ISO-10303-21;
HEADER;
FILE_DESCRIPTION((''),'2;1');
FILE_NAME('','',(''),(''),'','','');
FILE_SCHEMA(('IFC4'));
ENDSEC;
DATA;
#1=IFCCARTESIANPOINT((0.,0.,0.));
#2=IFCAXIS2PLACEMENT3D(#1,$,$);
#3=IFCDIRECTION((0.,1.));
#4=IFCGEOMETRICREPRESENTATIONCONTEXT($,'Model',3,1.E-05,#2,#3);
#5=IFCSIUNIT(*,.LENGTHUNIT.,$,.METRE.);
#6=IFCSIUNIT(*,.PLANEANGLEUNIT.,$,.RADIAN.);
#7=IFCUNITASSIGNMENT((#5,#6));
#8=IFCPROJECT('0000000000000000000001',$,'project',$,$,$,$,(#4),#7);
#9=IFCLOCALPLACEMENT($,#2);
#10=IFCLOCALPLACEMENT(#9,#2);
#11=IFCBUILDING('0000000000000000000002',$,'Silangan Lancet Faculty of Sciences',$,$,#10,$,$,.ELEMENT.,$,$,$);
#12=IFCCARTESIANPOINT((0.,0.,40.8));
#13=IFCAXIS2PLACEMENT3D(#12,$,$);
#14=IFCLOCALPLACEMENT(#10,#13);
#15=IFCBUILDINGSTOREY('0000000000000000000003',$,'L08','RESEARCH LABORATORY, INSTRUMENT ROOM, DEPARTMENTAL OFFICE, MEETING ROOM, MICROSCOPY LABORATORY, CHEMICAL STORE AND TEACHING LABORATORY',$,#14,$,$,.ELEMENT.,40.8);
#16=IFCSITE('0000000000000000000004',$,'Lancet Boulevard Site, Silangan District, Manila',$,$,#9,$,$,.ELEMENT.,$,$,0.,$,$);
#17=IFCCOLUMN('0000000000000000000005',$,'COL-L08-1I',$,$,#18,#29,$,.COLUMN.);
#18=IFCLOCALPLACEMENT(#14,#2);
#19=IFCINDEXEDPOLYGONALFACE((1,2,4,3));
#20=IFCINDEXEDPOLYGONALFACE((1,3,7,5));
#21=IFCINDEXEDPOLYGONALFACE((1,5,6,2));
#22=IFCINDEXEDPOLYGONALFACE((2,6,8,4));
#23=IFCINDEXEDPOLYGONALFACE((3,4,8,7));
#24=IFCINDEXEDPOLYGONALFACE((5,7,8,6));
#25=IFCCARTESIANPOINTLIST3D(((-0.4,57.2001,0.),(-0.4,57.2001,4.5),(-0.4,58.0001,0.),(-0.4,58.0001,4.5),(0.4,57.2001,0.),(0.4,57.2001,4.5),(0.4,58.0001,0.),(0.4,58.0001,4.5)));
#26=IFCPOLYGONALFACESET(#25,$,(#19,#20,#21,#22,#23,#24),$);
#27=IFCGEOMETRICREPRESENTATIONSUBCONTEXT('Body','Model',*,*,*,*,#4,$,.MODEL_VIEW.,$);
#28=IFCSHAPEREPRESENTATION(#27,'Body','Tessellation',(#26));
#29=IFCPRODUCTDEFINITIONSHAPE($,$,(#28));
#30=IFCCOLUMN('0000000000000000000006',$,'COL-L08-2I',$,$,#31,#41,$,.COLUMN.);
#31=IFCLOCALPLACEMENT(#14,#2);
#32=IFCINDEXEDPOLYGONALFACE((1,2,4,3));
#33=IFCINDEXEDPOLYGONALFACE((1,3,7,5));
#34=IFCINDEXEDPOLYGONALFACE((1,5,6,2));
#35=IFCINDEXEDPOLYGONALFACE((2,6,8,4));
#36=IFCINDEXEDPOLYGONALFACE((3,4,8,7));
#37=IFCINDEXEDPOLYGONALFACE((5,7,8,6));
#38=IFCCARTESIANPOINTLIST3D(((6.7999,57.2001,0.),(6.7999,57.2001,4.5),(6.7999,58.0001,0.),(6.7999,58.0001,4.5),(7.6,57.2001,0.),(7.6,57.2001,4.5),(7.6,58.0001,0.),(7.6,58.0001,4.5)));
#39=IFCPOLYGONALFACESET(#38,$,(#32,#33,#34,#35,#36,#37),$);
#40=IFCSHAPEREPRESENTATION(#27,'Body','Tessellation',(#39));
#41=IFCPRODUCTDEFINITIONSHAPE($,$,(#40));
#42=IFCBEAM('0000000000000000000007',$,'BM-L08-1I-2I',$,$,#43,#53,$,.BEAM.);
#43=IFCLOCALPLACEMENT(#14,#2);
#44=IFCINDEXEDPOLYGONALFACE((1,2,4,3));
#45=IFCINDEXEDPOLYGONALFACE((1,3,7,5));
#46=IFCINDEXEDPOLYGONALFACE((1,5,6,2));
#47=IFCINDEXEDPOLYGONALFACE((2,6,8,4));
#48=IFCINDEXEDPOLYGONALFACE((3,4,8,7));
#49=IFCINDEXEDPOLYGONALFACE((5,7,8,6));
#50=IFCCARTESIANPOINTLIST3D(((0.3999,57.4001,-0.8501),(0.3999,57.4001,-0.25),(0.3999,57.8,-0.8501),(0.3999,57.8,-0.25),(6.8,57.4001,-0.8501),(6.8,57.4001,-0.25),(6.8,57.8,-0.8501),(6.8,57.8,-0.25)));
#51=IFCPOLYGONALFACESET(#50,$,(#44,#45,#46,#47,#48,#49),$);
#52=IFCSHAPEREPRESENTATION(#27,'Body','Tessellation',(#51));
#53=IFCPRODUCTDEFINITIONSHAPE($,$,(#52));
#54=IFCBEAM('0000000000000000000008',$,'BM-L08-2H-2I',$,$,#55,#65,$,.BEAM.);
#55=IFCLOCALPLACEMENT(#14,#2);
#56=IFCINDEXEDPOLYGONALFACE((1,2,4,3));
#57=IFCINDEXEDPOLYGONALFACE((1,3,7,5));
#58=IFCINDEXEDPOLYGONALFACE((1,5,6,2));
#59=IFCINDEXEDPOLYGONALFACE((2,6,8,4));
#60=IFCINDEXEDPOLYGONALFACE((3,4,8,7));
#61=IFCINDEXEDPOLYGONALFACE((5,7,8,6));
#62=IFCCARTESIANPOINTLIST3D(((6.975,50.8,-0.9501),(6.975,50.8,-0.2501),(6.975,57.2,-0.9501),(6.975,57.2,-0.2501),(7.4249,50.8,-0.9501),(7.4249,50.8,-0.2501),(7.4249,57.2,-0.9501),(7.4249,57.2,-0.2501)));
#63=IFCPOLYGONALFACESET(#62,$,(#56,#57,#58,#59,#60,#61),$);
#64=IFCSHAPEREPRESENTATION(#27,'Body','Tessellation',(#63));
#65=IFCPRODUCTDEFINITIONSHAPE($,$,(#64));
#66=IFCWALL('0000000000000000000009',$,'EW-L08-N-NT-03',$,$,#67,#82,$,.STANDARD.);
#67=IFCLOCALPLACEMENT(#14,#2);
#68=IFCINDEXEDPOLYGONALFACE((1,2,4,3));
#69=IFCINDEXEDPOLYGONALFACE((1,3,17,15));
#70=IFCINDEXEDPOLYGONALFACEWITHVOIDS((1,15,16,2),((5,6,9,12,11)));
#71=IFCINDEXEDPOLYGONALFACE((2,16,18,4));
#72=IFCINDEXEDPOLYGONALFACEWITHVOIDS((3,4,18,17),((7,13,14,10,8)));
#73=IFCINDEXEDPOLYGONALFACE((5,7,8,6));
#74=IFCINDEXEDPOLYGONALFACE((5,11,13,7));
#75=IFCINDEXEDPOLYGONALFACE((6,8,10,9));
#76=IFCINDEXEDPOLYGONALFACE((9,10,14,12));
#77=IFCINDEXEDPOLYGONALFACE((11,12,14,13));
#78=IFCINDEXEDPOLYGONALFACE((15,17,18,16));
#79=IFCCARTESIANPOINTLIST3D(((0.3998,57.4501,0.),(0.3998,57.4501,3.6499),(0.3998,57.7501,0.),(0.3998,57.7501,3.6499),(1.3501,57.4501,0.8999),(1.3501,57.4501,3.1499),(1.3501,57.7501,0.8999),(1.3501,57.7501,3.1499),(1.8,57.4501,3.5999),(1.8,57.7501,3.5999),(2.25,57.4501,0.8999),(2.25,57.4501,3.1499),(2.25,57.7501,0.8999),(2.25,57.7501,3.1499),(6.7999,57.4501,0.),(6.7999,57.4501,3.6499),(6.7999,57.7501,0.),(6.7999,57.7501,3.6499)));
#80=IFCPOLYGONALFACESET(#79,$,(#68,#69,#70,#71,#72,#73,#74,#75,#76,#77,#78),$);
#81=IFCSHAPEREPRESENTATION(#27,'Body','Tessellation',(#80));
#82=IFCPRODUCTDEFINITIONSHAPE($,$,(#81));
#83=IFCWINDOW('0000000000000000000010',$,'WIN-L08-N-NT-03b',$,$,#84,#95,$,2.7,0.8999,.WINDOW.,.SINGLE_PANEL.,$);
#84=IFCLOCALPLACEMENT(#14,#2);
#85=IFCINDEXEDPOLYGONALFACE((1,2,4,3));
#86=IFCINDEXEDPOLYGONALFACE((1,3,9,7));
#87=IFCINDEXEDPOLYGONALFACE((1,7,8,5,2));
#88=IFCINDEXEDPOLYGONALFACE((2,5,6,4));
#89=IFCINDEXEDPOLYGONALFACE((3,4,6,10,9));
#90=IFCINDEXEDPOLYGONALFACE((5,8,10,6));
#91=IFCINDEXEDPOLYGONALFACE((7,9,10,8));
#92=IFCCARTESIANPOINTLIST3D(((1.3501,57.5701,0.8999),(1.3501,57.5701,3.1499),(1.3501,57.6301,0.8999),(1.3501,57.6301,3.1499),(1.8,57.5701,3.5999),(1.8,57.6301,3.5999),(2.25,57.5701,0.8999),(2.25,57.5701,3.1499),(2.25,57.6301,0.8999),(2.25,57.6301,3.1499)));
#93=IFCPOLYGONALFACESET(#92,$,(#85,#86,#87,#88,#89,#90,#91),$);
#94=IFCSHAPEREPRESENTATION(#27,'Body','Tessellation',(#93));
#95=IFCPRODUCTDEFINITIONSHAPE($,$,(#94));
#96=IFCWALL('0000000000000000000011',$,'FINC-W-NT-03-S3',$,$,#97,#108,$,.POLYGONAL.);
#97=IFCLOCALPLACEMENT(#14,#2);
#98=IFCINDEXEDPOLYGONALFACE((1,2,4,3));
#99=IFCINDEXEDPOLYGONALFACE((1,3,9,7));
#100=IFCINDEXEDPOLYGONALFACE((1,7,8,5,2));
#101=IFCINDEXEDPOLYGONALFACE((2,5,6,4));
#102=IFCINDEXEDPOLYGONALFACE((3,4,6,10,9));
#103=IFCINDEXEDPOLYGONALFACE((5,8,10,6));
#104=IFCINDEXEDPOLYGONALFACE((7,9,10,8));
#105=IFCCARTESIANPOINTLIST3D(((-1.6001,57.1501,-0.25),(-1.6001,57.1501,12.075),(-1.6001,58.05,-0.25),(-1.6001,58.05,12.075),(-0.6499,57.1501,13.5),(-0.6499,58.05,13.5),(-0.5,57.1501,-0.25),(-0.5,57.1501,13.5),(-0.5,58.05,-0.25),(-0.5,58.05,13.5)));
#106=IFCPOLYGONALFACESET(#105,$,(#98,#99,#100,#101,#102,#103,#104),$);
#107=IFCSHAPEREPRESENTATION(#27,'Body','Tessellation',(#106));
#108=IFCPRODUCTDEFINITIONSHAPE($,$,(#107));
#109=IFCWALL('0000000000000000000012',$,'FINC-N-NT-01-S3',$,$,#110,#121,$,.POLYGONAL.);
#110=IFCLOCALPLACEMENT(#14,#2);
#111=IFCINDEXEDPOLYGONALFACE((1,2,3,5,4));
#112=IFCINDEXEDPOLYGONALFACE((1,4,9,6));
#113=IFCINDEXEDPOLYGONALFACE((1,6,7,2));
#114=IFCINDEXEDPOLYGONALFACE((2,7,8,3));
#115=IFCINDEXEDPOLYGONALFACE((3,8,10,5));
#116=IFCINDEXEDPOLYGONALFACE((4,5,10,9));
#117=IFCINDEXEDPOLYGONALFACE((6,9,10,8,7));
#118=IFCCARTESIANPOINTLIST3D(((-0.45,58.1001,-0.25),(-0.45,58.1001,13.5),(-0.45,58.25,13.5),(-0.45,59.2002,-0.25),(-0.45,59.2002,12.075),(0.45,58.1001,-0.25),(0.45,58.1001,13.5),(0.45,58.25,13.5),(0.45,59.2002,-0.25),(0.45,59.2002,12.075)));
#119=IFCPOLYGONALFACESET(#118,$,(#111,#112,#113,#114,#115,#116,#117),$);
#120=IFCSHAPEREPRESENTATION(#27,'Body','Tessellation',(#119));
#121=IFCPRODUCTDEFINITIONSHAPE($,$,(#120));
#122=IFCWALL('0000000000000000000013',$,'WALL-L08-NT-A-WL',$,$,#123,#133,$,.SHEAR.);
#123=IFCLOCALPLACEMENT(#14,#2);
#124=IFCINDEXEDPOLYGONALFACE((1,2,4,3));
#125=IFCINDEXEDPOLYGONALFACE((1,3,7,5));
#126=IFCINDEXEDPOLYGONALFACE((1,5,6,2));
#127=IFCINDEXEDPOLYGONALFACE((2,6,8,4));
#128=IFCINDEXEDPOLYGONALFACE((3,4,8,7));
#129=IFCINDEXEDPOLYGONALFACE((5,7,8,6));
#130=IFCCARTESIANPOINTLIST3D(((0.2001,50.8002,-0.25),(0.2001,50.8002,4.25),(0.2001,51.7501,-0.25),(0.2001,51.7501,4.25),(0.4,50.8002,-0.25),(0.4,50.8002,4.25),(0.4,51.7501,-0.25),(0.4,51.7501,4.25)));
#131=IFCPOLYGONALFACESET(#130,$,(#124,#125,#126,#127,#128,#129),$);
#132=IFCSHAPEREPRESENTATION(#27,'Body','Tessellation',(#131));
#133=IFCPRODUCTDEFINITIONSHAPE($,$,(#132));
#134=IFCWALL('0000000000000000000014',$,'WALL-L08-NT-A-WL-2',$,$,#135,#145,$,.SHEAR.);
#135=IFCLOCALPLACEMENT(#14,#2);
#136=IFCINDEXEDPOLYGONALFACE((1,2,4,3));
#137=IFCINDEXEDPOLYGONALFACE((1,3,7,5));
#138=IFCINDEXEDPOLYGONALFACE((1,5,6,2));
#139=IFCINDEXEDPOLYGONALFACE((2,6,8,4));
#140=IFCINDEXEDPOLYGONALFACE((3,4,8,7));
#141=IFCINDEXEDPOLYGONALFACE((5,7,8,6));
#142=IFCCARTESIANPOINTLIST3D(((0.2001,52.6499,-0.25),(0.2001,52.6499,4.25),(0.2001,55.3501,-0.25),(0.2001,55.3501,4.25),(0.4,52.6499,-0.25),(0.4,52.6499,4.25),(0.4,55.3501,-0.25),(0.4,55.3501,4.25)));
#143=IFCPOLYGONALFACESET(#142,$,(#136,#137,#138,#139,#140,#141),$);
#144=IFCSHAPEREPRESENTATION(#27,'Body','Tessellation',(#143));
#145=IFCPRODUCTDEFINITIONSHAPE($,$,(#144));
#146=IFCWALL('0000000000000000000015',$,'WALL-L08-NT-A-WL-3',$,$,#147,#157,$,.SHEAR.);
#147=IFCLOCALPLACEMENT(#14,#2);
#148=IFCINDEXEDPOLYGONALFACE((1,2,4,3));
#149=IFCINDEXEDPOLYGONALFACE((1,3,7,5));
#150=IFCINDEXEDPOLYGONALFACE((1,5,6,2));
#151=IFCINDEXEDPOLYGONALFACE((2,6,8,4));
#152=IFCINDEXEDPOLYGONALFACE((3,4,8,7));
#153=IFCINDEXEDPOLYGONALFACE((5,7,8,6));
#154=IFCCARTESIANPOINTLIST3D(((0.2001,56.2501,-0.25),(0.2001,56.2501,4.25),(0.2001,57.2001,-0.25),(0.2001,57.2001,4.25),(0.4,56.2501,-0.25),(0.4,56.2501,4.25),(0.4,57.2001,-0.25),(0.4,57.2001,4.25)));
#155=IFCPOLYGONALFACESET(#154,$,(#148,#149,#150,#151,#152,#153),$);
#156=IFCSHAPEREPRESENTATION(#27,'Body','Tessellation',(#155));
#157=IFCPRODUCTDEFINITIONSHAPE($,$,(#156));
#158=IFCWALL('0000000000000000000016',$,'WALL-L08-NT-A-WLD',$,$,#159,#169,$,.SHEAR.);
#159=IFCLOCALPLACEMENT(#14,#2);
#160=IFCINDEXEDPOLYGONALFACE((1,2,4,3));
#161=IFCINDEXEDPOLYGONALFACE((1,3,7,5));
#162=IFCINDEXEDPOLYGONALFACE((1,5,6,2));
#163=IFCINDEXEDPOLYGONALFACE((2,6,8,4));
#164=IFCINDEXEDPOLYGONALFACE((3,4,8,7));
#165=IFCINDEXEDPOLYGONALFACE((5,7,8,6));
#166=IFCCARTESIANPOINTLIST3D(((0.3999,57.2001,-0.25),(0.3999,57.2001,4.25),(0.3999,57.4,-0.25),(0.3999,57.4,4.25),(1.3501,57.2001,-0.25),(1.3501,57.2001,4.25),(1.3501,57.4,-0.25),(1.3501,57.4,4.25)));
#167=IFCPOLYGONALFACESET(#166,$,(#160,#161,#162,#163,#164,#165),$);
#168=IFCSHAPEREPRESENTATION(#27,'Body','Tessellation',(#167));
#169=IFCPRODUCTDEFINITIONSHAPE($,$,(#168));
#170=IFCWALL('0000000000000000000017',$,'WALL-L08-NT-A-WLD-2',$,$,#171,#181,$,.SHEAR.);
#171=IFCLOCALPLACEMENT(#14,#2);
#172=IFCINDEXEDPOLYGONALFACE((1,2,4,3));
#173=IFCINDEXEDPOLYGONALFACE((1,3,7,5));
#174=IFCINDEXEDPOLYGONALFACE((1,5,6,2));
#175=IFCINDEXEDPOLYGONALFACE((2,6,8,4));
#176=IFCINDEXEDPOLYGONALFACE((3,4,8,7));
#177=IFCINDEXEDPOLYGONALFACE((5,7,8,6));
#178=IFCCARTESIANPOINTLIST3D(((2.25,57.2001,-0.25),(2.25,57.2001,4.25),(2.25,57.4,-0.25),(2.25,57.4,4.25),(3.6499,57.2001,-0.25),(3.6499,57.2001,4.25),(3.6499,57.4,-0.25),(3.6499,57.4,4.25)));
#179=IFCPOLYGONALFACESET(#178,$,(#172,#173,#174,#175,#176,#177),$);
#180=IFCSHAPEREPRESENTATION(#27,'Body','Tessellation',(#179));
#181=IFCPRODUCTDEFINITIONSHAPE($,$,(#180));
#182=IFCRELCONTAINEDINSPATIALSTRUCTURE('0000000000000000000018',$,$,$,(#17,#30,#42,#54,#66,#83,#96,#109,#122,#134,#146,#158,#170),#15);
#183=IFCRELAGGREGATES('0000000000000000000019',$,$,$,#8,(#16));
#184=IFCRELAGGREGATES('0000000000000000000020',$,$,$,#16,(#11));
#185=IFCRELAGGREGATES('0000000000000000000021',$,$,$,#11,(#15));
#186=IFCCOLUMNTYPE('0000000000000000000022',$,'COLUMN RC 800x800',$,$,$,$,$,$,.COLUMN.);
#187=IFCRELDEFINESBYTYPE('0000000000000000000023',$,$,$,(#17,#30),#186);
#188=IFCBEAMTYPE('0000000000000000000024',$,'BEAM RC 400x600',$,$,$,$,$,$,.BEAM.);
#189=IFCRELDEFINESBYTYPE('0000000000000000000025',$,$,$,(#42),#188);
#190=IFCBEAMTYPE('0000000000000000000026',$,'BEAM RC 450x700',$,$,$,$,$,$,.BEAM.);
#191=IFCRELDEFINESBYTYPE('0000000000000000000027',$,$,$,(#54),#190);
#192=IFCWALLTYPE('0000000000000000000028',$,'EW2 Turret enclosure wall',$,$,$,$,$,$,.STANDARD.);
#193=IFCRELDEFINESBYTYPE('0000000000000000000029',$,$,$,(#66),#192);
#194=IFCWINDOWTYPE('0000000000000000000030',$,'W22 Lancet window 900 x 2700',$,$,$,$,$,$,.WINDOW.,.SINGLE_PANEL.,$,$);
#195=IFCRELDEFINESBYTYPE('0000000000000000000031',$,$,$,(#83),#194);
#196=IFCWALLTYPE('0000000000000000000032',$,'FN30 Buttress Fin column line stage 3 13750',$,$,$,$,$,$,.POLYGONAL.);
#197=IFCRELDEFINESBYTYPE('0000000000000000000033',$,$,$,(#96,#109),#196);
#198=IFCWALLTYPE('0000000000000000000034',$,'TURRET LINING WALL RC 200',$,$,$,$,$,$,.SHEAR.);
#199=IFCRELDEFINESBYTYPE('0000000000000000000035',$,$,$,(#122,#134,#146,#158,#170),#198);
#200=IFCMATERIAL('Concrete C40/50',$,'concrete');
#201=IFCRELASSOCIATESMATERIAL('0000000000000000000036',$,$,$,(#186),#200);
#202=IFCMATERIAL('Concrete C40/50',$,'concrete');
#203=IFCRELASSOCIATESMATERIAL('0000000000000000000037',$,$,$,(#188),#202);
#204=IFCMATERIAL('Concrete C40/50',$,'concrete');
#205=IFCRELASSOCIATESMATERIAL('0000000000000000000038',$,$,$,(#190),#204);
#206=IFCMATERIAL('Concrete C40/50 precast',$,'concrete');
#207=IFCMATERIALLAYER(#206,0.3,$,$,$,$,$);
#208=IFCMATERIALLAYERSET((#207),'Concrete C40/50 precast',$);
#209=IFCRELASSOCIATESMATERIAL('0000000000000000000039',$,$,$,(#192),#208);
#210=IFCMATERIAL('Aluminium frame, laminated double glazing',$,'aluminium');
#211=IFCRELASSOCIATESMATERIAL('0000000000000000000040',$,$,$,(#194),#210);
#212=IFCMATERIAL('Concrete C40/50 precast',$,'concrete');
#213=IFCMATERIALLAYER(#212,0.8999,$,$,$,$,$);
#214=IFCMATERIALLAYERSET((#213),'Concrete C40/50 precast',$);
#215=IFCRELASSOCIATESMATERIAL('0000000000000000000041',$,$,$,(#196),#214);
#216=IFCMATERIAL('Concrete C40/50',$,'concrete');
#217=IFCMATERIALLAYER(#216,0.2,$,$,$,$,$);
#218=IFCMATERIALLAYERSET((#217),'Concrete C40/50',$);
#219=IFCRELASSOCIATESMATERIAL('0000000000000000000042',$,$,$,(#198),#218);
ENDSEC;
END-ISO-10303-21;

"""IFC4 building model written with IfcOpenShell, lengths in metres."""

from ifc_helpers import new_model, si_unit, direction, frame, frame_2d, origin, origin_2d, place, context, subcontext, project, spatial, polyline, rectangle, outline, extrude, material, layer, layer_set, material_profile, profile_set, type_object, element, fill, save


model = new_model("IFC4")

# Units and contexts
model_context = context("Model", 3, precision=1e-05, world=origin(), true_north=direction((0.0, 1.0)))
body_context = subcontext(model_context, "Body", "Model", "MODEL_VIEW")
ifc_project = project(units=[si_unit("LENGTHUNIT", "METRE"), si_unit("PLANEANGLEUNIT", "RADIAN")], contexts=[model_context])

# Site, building, storey
site_placement = place(None, origin())
site = spatial("IfcSite", under=ifc_project, at=site_placement, Name="Lancet Boulevard Site, Silangan District, Manila", CompositionType="ELEMENT", RefElevation=0.0)
building_placement = place(site_placement, origin())
building = spatial("IfcBuilding", under=site, at=building_placement, Name="Silangan Lancet Faculty of Sciences", CompositionType="ELEMENT")
storey_placement = place(building_placement, frame((0.0, 0.0, 40.8)))
storey = spatial("IfcBuildingStorey", under=building, at=storey_placement, Name="L08", Description="RESEARCH LABORATORY, INSTRUMENT ROOM, DEPARTMENTAL OFFICE, MEETING ROOM, MICROSCOPY LABORATORY, CHEMICAL STORE AND TEACHING LABORATORY", CompositionType="ELEMENT", Elevation=40.8)

# Columns
ifc_material_1 = material(Name="Concrete C40/50", Category="concrete")
ifc_material_profile_1 = material_profile(ifc_material_1, rectangle(XDim=0.8, YDim=0.8, at=origin_2d()), Name="RC 800x800")
ifc_profile_set_1 = profile_set([ifc_material_profile_1], Name="Concrete C40/50")
column_type = type_object("IfcColumnType", Name="COLUMN RC 800x800", PredefinedType="COLUMN", material=ifc_profile_set_1)
for number, where, z_axis, x_axis, name in (
    (1, (0.0, 57.6001, 0.0), (0.0, 0.0, 1.0), (1.0, 0.0, 0.0), "COL-L08-1I"),
    (2, (7.2, 57.6001, 0.0), (0.0, 0.0, 1.0), (1.0, 0.0, 0.0), "COL-L08-2I"),
):
    element("IfcColumn", number, at=place(storey_placement, frame(where, z_axis=z_axis, x_axis=x_axis)), inside=storey, type_object=column_type, Name=name, PredefinedType="COLUMN", context=body_context, shape_type="SweptSolid", body=[
        extrude(rectangle(XDim=0.8, YDim=0.8, at=origin_2d()), origin(), (0.0, 0.0, 1.0), 4.5),
    ])

# Beams
ifc_material_2 = material(Name="Concrete C40/50", Category="concrete")
ifc_material_profile_2 = material_profile(ifc_material_2, rectangle(XDim=0.3999, YDim=0.6001, at=origin_2d()), Name="RC 400x600")
ifc_profile_set_2 = profile_set([ifc_material_profile_2], Name="Concrete C40/50")
beam_type_1 = type_object("IfcBeamType", Name="BEAM RC 400x600", PredefinedType="BEAM", material=ifc_profile_set_2)
beam_1_placement = place(storey_placement, frame((0.3999, 57.6001, -0.55), z_axis=(1.0, 0.0, 0.0), x_axis=(0.0, 1.0, 0.0)))
element("IfcBeam", 3, at=beam_1_placement, inside=storey, type_object=beam_type_1, Name="BM-L08-1I-2I", PredefinedType="BEAM", context=body_context, shape_type="SweptSolid", body=[
    extrude(rectangle(XDim=0.3999, YDim=0.6001, at=origin_2d()), origin(), (0.0, 0.0, 1.0), 6.4001),
])
ifc_material_3 = material(Name="Concrete C40/50", Category="concrete")
ifc_material_profile_3 = material_profile(ifc_material_3, rectangle(XDim=0.45, YDim=0.7, at=origin_2d()), Name="RC 450x700")
ifc_profile_set_3 = profile_set([ifc_material_profile_3], Name="Concrete C40/50")
beam_type_2 = type_object("IfcBeamType", Name="BEAM RC 450x700", PredefinedType="BEAM", material=ifc_profile_set_3)
beam_2_placement = place(storey_placement, frame((7.2, 50.8, -0.6001), z_axis=(0.0, 1.0, 0.0), x_axis=(-1.0, 0.0, 0.0)))
element("IfcBeam", 4, at=beam_2_placement, inside=storey, type_object=beam_type_2, Name="BM-L08-2H-2I", PredefinedType="BEAM", context=body_context, shape_type="SweptSolid", body=[
    extrude(rectangle(XDim=0.45, YDim=0.7, at=origin_2d()), origin(), (0.0, 0.0, 1.0), 6.3999),
])

# Wall, opening, window
ifc_material_4 = material(Name="Concrete C40/50 precast", Category="concrete")
ifc_layer_1 = layer(ifc_material_4, 0.3)
ifc_layer_set_1 = layer_set([ifc_layer_1], Name="Concrete C40/50 precast")
wall_type_1 = type_object("IfcWallType", Name="EW2 Turret enclosure wall", PredefinedType="STANDARD", material=ifc_layer_set_1)
wall_1_placement = place(storey_placement, frame((6.8, 57.6001, 0.0), z_axis=(0.0, 0.0, 1.0), x_axis=(-1.0, 0.0, 0.0)))
wall_1 = element("IfcWall", 5, at=wall_1_placement, inside=storey, type_object=wall_type_1, Name="EW-L08-N-NT-03", PredefinedType="STANDARD", context=body_context, shape_type="SweptSolid", body=[
    extrude(rectangle(XDim=6.4001, YDim=0.3, at=frame_2d((3.2002, 0.0))), origin(), (0.0, 0.0, 1.0), 3.6499),
])
opening_1_placement = place(wall_1_placement, frame((4.55, 0.0, 0.8999)))
opening_1 = element("IfcOpeningElement", 6, at=opening_1_placement, cuts=wall_1, PredefinedType="OPENING", context=body_context, shape_type="SweptSolid", body=[
    extrude(outline(polyline([(0.0, 0.0), (0.8999, 0.0), (0.8999, 2.25), (0.45, 2.7), (0.0, 2.25), (0.0, 0.0)])), frame((0.0, 0.1599, 0.0), z_axis=(0.0, -1.0, 0.0), x_axis=(1.0, 0.0, 0.0)), (0.0, 0.0, 1.0), 0.3201),
])
ifc_material_5 = material(Name="Aluminium frame, laminated double glazing", Category="aluminium")
window_type = type_object("IfcWindowType", Name="W22 Lancet window 900 x 2700", PartitioningType="SINGLE_PANEL", PredefinedType="WINDOW", material=ifc_material_5)
window_placement = place(opening_1_placement, origin())
window = element("IfcWindow", 7, at=window_placement, inside=storey, type_object=window_type, Name="WIN-L08-N-NT-03b", OverallHeight=2.7, OverallWidth=0.8999, PartitioningType="SINGLE_PANEL", PredefinedType="WINDOW", context=body_context, shape_type="SweptSolid", body=[
    extrude(outline(polyline([(0.0, 0.0), (0.8999, 0.0), (0.8999, 2.25), (0.45, 2.7), (0.0, 2.25), (0.0, 0.0)])), frame((0.0, 0.03, 0.0), z_axis=(0.0, -1.0, 0.0), x_axis=(1.0, 0.0, 0.0)), (0.0, 0.0, 1.0), 0.0601),
])
fill(opening_1, window)

# Walls
ifc_material_6 = material(Name="Concrete C40/50 precast", Category="concrete")
ifc_layer_2 = layer(ifc_material_6, 0.8999)
ifc_layer_set_2 = layer_set([ifc_layer_2], Name="Concrete C40/50 precast")
wall_type_2 = type_object("IfcWallType", Name="FN30 Buttress Fin column line stage 3 13750", PredefinedType="POLYGONAL", material=ifc_layer_set_2)
for number, where, z_axis, x_axis, name in (
    (8, (-0.5, 57.6001, -0.25), (0.0, 0.0, 1.0), (-1.0, 0.0, 0.0), "FINC-W-NT-03-S3"),
    (9, (0.0, 58.1001, -0.25), (0.0, 0.0, 1.0), (0.0, 1.0, 0.0), "FINC-N-NT-01-S3"),
):
    element("IfcWall", number, at=place(storey_placement, frame(where, z_axis=z_axis, x_axis=x_axis)), inside=storey, type_object=wall_type_2, Name=name, PredefinedType="POLYGONAL", context=body_context, shape_type="SweptSolid", body=[
        extrude(outline(polyline([(1.1001, 0.0), (1.1001, 12.325), (0.1499, 13.75), (0.0, 13.75), (0.0, 0.0), (1.1001, 0.0)])), frame((0.0, 0.45, 0.0), z_axis=(0.0, -1.0, 0.0), x_axis=(1.0, 0.0, 0.0)), (0.0, 0.0, 1.0), 0.8999),
    ])
ifc_material_7 = material(Name="Concrete C40/50", Category="concrete")
ifc_layer_3 = layer(ifc_material_7, 0.2)
ifc_layer_set_3 = layer_set([ifc_layer_3], Name="Concrete C40/50")
wall_type_3 = type_object("IfcWallType", Name="TURRET LINING WALL RC 200", PredefinedType="SHEAR", material=ifc_layer_set_3)
wall_2_placement = place(storey_placement, frame((0.3, 50.8, -0.25), z_axis=(0.0, 0.0, 1.0), x_axis=(0.0, 1.0, 0.0)))
element("IfcWall", 10, at=wall_2_placement, inside=storey, type_object=wall_type_3, Name="WALL-L08-NT-A-WL", PredefinedType="SHEAR", context=body_context, shape_type="SweptSolid", body=[
    extrude(rectangle(XDim=0.95, YDim=0.2, at=frame_2d((0.4751, 0.0))), origin(), (0.0, 0.0, 1.0), 4.5),
])
wall_3_placement = place(storey_placement, frame((0.3, 52.6499, -0.25), z_axis=(0.0, 0.0, 1.0), x_axis=(0.0, 1.0, 0.0)))
element("IfcWall", 11, at=wall_3_placement, inside=storey, type_object=wall_type_3, Name="WALL-L08-NT-A-WL-2", PredefinedType="SHEAR", context=body_context, shape_type="SweptSolid", body=[
    extrude(rectangle(XDim=2.7002, YDim=0.2, at=frame_2d((1.3501, 0.0))), origin(), (0.0, 0.0, 1.0), 4.5),
])
wall_4_placement = place(storey_placement, frame((0.3, 56.25, -0.25), z_axis=(0.0, 0.0, 1.0), x_axis=(0.0, 1.0, 0.0)))
element("IfcWall", 12, at=wall_4_placement, inside=storey, type_object=wall_type_3, Name="WALL-L08-NT-A-WL-3", PredefinedType="SHEAR", context=body_context, shape_type="SweptSolid", body=[
    extrude(rectangle(XDim=0.95, YDim=0.2, at=frame_2d((0.4751, 0.0))), origin(), (0.0, 0.0, 1.0), 4.5),
])
wall_5_placement = place(storey_placement, frame((0.3999, 57.3, -0.25), z_axis=(0.0, 0.0, 1.0), x_axis=(1.0, 0.0, 0.0)))
element("IfcWall", 13, at=wall_5_placement, inside=storey, type_object=wall_type_3, Name="WALL-L08-NT-A-WLD", PredefinedType="SHEAR", context=body_context, shape_type="SweptSolid", body=[
    extrude(rectangle(XDim=0.9502, YDim=0.2, at=frame_2d((0.4751, 0.0))), origin(), (0.0, 0.0, 1.0), 4.5),
])
wall_6_placement = place(storey_placement, frame((2.25, 57.3, -0.25), z_axis=(0.0, 0.0, 1.0), x_axis=(1.0, 0.0, 0.0)))
element("IfcWall", 14, at=wall_6_placement, inside=storey, type_object=wall_type_3, Name="WALL-L08-NT-A-WLD-2", PredefinedType="SHEAR", context=body_context, shape_type="SweptSolid", body=[
    extrude(rectangle(XDim=1.3999, YDim=0.2, at=frame_2d((0.7, 0.0))), origin(), (0.0, 0.0, 1.0), 4.5),
])

save(model, "model.ifc")
